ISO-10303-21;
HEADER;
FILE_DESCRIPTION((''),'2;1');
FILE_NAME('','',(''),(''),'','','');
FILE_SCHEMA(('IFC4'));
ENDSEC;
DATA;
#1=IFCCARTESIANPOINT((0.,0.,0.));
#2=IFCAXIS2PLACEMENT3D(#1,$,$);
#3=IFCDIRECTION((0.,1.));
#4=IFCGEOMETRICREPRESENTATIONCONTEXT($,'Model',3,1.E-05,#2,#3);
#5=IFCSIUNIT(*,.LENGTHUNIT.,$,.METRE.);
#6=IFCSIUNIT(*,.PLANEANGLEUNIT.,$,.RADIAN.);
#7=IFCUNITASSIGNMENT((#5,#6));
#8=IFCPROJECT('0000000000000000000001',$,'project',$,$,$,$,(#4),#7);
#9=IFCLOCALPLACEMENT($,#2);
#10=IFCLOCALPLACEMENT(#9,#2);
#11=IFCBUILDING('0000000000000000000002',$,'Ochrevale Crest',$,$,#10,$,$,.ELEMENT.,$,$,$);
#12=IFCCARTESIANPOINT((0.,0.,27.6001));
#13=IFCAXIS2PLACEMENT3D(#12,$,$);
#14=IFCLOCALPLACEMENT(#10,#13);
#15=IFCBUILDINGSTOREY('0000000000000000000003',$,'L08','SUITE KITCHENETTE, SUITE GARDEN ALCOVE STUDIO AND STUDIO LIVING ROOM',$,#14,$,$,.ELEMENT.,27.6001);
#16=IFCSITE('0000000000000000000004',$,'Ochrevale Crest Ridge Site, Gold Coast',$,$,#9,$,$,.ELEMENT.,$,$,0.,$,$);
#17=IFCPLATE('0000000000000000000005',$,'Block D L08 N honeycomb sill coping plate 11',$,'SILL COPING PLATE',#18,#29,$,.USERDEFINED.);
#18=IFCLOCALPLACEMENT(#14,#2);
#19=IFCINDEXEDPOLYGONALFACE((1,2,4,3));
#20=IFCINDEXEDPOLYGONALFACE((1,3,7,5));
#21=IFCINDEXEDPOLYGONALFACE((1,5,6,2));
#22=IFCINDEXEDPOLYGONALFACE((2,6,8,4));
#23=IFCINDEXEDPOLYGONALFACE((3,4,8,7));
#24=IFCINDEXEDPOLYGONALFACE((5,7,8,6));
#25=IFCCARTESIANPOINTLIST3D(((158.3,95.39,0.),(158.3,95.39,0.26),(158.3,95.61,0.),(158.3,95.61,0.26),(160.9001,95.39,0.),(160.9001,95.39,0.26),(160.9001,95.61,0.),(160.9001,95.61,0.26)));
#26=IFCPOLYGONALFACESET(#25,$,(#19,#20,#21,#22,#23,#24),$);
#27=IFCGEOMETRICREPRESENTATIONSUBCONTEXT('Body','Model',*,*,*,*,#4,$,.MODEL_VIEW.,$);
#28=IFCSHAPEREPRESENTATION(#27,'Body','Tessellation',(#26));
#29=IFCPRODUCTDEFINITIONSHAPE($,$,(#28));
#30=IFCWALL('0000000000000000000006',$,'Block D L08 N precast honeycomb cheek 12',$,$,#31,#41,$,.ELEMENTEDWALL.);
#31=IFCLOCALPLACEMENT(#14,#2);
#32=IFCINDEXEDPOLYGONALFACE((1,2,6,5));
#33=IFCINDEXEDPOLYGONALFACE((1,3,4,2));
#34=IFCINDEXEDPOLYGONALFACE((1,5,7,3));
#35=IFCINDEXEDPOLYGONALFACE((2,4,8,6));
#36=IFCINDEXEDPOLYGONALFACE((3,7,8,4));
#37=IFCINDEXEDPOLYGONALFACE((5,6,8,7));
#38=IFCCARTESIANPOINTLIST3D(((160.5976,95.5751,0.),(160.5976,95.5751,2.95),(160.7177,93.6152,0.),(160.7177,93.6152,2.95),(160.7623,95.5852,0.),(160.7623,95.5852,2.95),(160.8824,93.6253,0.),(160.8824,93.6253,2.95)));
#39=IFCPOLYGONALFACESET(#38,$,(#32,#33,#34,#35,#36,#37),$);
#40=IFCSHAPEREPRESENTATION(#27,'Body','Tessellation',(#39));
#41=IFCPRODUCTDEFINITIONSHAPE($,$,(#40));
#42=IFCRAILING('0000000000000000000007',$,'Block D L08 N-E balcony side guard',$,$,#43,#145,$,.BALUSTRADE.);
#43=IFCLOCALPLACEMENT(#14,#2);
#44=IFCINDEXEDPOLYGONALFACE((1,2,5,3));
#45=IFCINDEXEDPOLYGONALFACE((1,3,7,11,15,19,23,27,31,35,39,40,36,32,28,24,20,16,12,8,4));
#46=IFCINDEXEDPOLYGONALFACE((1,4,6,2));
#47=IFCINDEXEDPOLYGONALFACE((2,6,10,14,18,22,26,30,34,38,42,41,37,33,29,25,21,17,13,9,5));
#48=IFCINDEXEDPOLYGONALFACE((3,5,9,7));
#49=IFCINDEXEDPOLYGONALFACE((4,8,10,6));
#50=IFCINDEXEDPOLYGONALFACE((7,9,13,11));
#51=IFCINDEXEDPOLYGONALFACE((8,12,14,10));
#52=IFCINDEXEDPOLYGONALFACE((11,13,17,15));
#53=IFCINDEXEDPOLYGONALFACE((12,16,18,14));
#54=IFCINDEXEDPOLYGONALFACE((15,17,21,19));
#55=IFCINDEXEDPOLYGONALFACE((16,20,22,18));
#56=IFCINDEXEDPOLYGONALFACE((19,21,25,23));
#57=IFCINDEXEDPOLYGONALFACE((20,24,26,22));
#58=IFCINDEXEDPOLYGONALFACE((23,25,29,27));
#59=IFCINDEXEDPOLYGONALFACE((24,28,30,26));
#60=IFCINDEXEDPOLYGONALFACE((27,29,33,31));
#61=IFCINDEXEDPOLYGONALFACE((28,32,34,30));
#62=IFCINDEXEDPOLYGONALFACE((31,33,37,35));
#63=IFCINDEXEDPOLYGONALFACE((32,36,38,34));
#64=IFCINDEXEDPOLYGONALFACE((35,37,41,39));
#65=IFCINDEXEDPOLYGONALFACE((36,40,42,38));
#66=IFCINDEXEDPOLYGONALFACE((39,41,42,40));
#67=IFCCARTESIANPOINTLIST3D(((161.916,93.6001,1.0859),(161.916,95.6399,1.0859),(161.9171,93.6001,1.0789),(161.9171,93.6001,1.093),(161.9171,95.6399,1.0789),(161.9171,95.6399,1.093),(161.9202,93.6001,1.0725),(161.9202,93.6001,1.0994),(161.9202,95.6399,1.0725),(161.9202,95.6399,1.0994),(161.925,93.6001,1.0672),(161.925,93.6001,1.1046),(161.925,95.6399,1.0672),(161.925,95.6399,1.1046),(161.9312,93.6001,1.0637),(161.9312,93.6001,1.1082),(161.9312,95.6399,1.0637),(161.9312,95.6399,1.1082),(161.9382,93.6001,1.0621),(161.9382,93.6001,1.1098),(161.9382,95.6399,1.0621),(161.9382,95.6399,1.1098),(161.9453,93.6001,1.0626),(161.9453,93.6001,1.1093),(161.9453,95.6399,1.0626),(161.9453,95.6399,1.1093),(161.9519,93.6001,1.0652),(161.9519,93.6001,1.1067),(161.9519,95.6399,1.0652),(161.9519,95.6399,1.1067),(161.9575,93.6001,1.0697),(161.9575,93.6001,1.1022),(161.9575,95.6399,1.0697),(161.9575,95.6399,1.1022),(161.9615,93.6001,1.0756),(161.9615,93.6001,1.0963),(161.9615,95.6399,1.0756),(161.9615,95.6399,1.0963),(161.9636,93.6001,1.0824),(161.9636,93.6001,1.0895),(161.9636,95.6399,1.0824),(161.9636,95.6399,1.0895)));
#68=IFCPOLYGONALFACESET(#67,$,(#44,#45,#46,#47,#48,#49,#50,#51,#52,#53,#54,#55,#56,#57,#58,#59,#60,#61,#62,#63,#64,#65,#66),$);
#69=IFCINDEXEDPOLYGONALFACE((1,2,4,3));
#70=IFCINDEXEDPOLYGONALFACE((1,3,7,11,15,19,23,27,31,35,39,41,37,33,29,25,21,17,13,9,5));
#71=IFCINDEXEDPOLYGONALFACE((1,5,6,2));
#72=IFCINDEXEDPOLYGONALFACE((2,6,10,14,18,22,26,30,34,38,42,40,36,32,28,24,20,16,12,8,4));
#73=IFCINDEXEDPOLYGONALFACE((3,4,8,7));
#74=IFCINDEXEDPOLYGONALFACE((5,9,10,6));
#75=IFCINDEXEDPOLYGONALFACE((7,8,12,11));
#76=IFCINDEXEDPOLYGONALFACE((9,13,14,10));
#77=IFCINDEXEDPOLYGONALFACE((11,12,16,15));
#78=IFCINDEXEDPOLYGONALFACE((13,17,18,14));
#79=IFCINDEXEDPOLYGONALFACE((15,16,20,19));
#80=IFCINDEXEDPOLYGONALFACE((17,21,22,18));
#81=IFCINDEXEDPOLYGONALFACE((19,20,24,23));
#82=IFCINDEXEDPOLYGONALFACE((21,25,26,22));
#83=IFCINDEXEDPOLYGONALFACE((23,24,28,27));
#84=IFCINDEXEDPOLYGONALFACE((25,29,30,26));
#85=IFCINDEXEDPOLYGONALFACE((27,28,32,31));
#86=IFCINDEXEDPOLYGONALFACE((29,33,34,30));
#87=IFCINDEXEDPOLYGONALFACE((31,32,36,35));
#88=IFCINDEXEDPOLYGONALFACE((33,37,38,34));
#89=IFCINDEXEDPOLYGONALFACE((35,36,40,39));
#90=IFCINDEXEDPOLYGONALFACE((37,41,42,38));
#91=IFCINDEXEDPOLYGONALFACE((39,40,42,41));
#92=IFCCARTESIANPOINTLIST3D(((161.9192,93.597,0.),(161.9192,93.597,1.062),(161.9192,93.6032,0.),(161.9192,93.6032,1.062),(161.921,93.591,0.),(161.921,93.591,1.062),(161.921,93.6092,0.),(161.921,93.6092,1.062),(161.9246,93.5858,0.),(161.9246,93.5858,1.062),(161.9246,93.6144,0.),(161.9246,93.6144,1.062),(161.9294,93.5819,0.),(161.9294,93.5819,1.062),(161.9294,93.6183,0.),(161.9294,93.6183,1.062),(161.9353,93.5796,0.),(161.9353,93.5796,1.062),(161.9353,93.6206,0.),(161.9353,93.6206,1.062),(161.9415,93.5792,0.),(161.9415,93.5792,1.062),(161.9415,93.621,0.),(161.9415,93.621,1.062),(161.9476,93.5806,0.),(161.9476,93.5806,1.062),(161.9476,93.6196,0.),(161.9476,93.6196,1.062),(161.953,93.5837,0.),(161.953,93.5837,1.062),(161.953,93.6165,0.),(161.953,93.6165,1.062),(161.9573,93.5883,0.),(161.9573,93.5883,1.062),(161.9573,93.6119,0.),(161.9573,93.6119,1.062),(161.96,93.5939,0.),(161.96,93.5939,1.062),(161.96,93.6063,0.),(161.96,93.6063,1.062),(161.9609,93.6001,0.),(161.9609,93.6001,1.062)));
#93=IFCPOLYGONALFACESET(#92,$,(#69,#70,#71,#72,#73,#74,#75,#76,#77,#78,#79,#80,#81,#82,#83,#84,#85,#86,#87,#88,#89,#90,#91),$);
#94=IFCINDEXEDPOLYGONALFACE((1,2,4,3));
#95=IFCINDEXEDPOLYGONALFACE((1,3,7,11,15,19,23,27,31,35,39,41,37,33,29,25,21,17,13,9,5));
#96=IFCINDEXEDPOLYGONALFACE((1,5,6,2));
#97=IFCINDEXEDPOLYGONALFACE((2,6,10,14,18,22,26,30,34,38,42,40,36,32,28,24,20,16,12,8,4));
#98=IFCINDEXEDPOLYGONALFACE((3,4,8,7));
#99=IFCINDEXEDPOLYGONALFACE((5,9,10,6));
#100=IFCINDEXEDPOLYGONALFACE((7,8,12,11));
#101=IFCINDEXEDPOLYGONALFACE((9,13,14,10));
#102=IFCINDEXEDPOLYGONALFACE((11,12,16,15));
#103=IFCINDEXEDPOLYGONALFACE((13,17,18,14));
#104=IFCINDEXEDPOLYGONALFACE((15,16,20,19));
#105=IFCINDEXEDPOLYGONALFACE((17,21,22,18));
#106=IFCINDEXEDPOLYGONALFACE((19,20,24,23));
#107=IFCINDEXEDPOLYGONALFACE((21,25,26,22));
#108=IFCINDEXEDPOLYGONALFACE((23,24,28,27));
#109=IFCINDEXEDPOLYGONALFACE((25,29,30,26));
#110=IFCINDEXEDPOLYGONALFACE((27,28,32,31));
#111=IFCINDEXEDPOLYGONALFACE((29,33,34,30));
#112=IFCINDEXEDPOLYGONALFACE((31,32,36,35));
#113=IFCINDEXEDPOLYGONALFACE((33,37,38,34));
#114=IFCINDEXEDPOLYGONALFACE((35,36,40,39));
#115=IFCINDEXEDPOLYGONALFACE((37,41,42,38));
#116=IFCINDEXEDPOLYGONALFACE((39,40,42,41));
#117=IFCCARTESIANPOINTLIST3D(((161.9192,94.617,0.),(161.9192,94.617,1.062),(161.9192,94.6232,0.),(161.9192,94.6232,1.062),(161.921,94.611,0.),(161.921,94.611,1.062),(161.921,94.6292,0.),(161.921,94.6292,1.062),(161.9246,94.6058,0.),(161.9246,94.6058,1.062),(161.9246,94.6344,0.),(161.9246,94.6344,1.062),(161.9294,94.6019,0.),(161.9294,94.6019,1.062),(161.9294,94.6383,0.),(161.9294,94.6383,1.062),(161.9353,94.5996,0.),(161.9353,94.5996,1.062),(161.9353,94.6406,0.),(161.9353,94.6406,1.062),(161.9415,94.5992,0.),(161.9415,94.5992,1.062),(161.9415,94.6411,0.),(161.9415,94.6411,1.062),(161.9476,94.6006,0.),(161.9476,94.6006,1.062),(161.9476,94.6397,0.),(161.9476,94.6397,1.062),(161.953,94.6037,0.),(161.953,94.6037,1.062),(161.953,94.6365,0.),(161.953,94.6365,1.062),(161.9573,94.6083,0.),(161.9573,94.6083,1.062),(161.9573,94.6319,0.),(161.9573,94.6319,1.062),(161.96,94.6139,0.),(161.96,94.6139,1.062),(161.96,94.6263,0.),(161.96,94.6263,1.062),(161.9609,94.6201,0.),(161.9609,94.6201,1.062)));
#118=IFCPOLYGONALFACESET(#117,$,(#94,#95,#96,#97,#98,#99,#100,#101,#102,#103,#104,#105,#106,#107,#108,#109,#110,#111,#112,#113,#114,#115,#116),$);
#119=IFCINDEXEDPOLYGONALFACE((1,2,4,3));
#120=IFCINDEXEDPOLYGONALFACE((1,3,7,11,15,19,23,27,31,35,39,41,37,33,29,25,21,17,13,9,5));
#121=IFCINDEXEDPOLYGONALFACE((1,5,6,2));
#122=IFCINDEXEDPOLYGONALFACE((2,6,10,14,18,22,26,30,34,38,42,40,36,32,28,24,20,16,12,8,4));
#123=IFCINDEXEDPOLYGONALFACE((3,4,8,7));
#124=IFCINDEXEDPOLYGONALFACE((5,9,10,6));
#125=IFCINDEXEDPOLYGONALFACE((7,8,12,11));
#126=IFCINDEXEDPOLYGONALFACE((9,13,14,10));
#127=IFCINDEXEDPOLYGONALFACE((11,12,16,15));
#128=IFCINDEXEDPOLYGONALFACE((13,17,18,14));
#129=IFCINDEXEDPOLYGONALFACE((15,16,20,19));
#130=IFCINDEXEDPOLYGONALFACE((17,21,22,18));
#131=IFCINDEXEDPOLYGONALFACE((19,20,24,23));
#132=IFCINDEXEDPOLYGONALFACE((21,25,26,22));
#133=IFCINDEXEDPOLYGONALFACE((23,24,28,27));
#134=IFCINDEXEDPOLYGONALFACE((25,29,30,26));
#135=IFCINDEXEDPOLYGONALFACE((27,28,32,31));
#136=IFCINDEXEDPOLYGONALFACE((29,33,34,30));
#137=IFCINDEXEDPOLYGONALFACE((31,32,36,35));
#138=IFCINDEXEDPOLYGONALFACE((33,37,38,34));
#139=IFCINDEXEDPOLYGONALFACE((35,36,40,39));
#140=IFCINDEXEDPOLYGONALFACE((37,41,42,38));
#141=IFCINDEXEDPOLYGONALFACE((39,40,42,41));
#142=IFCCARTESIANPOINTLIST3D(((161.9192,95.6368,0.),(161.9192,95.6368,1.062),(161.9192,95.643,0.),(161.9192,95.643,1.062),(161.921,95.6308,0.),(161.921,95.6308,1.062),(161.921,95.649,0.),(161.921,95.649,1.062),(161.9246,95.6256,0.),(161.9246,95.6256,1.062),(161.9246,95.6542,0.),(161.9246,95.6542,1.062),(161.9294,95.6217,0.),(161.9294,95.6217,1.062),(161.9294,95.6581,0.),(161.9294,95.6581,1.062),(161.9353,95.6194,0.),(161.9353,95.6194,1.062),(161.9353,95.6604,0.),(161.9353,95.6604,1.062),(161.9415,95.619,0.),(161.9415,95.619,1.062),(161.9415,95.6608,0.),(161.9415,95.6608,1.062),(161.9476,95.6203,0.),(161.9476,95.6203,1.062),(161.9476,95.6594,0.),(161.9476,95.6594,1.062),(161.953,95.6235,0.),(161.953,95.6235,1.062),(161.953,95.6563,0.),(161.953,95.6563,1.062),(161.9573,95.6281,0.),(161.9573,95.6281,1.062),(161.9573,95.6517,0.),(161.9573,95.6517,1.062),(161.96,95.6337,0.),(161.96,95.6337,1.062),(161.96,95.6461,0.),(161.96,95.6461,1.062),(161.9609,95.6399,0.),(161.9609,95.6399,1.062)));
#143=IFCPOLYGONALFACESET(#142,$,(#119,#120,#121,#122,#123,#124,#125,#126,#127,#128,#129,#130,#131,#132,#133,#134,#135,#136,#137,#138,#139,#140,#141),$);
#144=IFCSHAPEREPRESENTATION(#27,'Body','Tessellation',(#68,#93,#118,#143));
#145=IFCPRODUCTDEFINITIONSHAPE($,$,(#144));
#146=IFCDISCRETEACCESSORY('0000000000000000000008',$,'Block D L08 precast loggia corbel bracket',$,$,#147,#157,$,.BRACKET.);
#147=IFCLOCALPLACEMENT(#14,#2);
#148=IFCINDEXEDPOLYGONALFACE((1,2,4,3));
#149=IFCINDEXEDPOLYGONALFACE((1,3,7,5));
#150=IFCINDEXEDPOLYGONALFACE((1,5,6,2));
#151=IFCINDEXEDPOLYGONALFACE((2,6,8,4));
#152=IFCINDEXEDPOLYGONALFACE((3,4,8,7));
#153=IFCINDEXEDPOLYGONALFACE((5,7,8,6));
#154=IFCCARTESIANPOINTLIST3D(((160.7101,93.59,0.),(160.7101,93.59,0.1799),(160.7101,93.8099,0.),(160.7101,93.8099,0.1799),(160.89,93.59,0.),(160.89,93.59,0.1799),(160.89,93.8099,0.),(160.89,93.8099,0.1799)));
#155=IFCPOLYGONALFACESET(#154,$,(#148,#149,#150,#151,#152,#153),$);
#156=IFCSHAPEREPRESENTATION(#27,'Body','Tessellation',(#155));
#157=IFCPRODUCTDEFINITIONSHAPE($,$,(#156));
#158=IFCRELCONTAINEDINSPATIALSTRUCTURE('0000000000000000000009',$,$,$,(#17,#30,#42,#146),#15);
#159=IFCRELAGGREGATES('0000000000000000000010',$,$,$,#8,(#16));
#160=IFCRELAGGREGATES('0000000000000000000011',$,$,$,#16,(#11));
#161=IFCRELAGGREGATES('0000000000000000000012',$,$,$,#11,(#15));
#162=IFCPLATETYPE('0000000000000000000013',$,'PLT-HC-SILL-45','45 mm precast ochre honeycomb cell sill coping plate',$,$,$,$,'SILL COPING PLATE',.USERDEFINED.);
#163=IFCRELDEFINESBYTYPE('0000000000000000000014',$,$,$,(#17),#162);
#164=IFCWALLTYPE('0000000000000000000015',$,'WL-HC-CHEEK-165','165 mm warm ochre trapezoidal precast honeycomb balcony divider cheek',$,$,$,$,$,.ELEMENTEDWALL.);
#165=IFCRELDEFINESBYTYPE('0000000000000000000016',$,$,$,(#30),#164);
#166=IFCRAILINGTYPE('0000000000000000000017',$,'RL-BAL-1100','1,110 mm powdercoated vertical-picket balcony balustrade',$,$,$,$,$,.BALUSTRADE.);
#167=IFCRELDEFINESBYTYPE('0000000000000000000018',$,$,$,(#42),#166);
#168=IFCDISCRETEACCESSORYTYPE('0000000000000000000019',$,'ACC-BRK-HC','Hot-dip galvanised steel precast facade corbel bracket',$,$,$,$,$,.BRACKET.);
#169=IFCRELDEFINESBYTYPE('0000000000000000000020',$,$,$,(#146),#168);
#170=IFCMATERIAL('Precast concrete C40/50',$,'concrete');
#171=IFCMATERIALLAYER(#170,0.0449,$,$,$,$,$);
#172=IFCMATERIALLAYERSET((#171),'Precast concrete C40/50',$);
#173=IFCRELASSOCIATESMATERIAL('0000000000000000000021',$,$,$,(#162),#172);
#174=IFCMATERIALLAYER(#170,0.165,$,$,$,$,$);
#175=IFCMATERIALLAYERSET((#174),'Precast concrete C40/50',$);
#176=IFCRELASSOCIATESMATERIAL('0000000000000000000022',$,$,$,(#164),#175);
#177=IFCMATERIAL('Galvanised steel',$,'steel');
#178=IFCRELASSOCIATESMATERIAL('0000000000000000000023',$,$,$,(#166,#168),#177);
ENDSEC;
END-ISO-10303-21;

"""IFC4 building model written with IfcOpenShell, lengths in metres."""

from ifc_helpers import new_model, si_unit, direction, frame, frame_2d, origin, origin_2d, place, context, subcontext, project, spatial, rectangle, circle, extrude, material, layer, layer_set, type_object, element, save


model = new_model("IFC4")

# Units and contexts
model_context = context("Model", 3, precision=1e-05, world=origin(), true_north=direction((0.0, 1.0)))
body_context = subcontext(model_context, "Body", "Model", "MODEL_VIEW")
ifc_project = project(units=[si_unit("LENGTHUNIT", "METRE"), si_unit("PLANEANGLEUNIT", "RADIAN")], contexts=[model_context])

# Site, building, storey
site_placement = place(None, origin())
site = spatial("IfcSite", under=ifc_project, at=site_placement, Name="Ochrevale Crest Ridge Site, Gold Coast", CompositionType="ELEMENT", RefElevation=0.0)
building_placement = place(site_placement, origin())
building = spatial("IfcBuilding", under=site, at=building_placement, Name="Ochrevale Crest", CompositionType="ELEMENT")
storey_placement = place(building_placement, frame((0.0, 0.0, 27.6001)))
storey = spatial("IfcBuildingStorey", under=building, at=storey_placement, Name="L08", Description="SUITE KITCHENETTE, SUITE GARDEN ALCOVE STUDIO AND STUDIO LIVING ROOM", CompositionType="ELEMENT", Elevation=27.6001)

# Plate
ifc_material_1 = material(Name="Precast concrete C40/50", Category="concrete")
ifc_layer_1 = layer(ifc_material_1, 0.0449)
ifc_layer_set_1 = layer_set([ifc_layer_1], Name="Precast concrete C40/50")
plate_type_1 = type_object("IfcPlateType", Name="PLT-HC-SILL-45", Description="45 mm precast ochre honeycomb cell sill coping plate", ElementType="SILL COPING PLATE", PredefinedType="USERDEFINED", material=ifc_layer_set_1)
plate_1_placement = place(storey_placement, frame((159.6001, 95.5, 0.0), z_axis=(0.0, 0.0, 1.0), x_axis=(1.0, 0.0, 0.0)))
element("IfcPlate", 1, at=plate_1_placement, inside=storey, type_object=plate_type_1, Name="Block D L08 N honeycomb sill coping plate 11", ObjectType="SILL COPING PLATE", PredefinedType="USERDEFINED", context=body_context, shape_type="SweptSolid", body=[
    extrude(rectangle(XDim=2.6001, YDim=0.22, at=origin_2d()), origin(), (0.0, 0.0, 1.0), 0.26),
])

# Wall
ifc_layer_2 = layer(ifc_material_1, 0.165)
ifc_layer_set_2 = layer_set([ifc_layer_2], Name="Precast concrete C40/50")
wall_type_1 = type_object("IfcWallType", Name="WL-HC-CHEEK-165", Description="165 mm warm ochre trapezoidal precast honeycomb balcony divider cheek", PredefinedType="ELEMENTEDWALL", material=ifc_layer_set_2)
wall_1_placement = place(storey_placement, frame((160.8, 93.6201, 0.0), z_axis=(0.0, 0.0, 1.0), x_axis=(-0.061171, 0.998127, 0.0)))
element("IfcWall", 2, at=wall_1_placement, inside=storey, type_object=wall_type_1, Name="Block D L08 N precast honeycomb cheek 12", PredefinedType="ELEMENTEDWALL", context=body_context, shape_type="SweptSolid", body=[
    extrude(rectangle(XDim=1.9636, YDim=0.165, at=frame_2d((0.9819, 0.0))), origin(), (0.0, 0.0, 1.0), 2.95),
])

# Railing
ifc_material_2 = material(Name="Galvanised steel", Category="steel")
railing_type = type_object("IfcRailingType", Name="RL-BAL-1100", Description="1,110 mm powdercoated vertical-picket balcony balustrade", PredefinedType="BALUSTRADE", material=ifc_material_2)
railing_placement = place(storey_placement, frame((161.9399, 93.6001, 0.0)))
element("IfcRailing", 3, at=railing_placement, inside=storey, type_object=railing_type, Name="Block D L08 N-E balcony side guard", PredefinedType="BALUSTRADE", context=body_context, shape_type="SweptSolid", body=[
    extrude(circle(Radius=0.0239, at=origin_2d()), frame((0.0, 0.0, 1.0859), z_axis=(0.0, 1.0, 0.0), x_axis=(-1.0, 0.0, 0.0)), (0.0, 0.0, 1.0), 2.0398),
    extrude(circle(Radius=0.021, at=origin_2d()), origin(), (0.0, 0.0, 1.0), 1.062),
    extrude(circle(Radius=0.021, at=origin_2d()), frame((0.0, 1.02, 0.0)), (0.0, 0.0, 1.0), 1.062),
    extrude(circle(Radius=0.021, at=origin_2d()), frame((0.0, 2.0398, 0.0)), (0.0, 0.0, 1.0), 1.062),
])

# Discrete accessory
discrete_accessory_type = type_object("IfcDiscreteAccessoryType", Name="ACC-BRK-HC", Description="Hot-dip galvanised steel precast facade corbel bracket", PredefinedType="BRACKET", material=ifc_material_2)
discrete_accessory_placement = place(storey_placement, frame((160.8, 93.7, 0.0), z_axis=(0.0, 0.0, 1.0), x_axis=(1.0, 0.0, 0.0)))
element("IfcDiscreteAccessory", 4, at=discrete_accessory_placement, inside=storey, type_object=discrete_accessory_type, Name="Block D L08 precast loggia corbel bracket", PredefinedType="BRACKET", context=body_context, shape_type="SweptSolid", body=[
    extrude(rectangle(XDim=0.1799, YDim=0.22, at=origin_2d()), origin(), (0.0, 0.0, 1.0), 0.1799),
])

save(model, "model.ifc")
